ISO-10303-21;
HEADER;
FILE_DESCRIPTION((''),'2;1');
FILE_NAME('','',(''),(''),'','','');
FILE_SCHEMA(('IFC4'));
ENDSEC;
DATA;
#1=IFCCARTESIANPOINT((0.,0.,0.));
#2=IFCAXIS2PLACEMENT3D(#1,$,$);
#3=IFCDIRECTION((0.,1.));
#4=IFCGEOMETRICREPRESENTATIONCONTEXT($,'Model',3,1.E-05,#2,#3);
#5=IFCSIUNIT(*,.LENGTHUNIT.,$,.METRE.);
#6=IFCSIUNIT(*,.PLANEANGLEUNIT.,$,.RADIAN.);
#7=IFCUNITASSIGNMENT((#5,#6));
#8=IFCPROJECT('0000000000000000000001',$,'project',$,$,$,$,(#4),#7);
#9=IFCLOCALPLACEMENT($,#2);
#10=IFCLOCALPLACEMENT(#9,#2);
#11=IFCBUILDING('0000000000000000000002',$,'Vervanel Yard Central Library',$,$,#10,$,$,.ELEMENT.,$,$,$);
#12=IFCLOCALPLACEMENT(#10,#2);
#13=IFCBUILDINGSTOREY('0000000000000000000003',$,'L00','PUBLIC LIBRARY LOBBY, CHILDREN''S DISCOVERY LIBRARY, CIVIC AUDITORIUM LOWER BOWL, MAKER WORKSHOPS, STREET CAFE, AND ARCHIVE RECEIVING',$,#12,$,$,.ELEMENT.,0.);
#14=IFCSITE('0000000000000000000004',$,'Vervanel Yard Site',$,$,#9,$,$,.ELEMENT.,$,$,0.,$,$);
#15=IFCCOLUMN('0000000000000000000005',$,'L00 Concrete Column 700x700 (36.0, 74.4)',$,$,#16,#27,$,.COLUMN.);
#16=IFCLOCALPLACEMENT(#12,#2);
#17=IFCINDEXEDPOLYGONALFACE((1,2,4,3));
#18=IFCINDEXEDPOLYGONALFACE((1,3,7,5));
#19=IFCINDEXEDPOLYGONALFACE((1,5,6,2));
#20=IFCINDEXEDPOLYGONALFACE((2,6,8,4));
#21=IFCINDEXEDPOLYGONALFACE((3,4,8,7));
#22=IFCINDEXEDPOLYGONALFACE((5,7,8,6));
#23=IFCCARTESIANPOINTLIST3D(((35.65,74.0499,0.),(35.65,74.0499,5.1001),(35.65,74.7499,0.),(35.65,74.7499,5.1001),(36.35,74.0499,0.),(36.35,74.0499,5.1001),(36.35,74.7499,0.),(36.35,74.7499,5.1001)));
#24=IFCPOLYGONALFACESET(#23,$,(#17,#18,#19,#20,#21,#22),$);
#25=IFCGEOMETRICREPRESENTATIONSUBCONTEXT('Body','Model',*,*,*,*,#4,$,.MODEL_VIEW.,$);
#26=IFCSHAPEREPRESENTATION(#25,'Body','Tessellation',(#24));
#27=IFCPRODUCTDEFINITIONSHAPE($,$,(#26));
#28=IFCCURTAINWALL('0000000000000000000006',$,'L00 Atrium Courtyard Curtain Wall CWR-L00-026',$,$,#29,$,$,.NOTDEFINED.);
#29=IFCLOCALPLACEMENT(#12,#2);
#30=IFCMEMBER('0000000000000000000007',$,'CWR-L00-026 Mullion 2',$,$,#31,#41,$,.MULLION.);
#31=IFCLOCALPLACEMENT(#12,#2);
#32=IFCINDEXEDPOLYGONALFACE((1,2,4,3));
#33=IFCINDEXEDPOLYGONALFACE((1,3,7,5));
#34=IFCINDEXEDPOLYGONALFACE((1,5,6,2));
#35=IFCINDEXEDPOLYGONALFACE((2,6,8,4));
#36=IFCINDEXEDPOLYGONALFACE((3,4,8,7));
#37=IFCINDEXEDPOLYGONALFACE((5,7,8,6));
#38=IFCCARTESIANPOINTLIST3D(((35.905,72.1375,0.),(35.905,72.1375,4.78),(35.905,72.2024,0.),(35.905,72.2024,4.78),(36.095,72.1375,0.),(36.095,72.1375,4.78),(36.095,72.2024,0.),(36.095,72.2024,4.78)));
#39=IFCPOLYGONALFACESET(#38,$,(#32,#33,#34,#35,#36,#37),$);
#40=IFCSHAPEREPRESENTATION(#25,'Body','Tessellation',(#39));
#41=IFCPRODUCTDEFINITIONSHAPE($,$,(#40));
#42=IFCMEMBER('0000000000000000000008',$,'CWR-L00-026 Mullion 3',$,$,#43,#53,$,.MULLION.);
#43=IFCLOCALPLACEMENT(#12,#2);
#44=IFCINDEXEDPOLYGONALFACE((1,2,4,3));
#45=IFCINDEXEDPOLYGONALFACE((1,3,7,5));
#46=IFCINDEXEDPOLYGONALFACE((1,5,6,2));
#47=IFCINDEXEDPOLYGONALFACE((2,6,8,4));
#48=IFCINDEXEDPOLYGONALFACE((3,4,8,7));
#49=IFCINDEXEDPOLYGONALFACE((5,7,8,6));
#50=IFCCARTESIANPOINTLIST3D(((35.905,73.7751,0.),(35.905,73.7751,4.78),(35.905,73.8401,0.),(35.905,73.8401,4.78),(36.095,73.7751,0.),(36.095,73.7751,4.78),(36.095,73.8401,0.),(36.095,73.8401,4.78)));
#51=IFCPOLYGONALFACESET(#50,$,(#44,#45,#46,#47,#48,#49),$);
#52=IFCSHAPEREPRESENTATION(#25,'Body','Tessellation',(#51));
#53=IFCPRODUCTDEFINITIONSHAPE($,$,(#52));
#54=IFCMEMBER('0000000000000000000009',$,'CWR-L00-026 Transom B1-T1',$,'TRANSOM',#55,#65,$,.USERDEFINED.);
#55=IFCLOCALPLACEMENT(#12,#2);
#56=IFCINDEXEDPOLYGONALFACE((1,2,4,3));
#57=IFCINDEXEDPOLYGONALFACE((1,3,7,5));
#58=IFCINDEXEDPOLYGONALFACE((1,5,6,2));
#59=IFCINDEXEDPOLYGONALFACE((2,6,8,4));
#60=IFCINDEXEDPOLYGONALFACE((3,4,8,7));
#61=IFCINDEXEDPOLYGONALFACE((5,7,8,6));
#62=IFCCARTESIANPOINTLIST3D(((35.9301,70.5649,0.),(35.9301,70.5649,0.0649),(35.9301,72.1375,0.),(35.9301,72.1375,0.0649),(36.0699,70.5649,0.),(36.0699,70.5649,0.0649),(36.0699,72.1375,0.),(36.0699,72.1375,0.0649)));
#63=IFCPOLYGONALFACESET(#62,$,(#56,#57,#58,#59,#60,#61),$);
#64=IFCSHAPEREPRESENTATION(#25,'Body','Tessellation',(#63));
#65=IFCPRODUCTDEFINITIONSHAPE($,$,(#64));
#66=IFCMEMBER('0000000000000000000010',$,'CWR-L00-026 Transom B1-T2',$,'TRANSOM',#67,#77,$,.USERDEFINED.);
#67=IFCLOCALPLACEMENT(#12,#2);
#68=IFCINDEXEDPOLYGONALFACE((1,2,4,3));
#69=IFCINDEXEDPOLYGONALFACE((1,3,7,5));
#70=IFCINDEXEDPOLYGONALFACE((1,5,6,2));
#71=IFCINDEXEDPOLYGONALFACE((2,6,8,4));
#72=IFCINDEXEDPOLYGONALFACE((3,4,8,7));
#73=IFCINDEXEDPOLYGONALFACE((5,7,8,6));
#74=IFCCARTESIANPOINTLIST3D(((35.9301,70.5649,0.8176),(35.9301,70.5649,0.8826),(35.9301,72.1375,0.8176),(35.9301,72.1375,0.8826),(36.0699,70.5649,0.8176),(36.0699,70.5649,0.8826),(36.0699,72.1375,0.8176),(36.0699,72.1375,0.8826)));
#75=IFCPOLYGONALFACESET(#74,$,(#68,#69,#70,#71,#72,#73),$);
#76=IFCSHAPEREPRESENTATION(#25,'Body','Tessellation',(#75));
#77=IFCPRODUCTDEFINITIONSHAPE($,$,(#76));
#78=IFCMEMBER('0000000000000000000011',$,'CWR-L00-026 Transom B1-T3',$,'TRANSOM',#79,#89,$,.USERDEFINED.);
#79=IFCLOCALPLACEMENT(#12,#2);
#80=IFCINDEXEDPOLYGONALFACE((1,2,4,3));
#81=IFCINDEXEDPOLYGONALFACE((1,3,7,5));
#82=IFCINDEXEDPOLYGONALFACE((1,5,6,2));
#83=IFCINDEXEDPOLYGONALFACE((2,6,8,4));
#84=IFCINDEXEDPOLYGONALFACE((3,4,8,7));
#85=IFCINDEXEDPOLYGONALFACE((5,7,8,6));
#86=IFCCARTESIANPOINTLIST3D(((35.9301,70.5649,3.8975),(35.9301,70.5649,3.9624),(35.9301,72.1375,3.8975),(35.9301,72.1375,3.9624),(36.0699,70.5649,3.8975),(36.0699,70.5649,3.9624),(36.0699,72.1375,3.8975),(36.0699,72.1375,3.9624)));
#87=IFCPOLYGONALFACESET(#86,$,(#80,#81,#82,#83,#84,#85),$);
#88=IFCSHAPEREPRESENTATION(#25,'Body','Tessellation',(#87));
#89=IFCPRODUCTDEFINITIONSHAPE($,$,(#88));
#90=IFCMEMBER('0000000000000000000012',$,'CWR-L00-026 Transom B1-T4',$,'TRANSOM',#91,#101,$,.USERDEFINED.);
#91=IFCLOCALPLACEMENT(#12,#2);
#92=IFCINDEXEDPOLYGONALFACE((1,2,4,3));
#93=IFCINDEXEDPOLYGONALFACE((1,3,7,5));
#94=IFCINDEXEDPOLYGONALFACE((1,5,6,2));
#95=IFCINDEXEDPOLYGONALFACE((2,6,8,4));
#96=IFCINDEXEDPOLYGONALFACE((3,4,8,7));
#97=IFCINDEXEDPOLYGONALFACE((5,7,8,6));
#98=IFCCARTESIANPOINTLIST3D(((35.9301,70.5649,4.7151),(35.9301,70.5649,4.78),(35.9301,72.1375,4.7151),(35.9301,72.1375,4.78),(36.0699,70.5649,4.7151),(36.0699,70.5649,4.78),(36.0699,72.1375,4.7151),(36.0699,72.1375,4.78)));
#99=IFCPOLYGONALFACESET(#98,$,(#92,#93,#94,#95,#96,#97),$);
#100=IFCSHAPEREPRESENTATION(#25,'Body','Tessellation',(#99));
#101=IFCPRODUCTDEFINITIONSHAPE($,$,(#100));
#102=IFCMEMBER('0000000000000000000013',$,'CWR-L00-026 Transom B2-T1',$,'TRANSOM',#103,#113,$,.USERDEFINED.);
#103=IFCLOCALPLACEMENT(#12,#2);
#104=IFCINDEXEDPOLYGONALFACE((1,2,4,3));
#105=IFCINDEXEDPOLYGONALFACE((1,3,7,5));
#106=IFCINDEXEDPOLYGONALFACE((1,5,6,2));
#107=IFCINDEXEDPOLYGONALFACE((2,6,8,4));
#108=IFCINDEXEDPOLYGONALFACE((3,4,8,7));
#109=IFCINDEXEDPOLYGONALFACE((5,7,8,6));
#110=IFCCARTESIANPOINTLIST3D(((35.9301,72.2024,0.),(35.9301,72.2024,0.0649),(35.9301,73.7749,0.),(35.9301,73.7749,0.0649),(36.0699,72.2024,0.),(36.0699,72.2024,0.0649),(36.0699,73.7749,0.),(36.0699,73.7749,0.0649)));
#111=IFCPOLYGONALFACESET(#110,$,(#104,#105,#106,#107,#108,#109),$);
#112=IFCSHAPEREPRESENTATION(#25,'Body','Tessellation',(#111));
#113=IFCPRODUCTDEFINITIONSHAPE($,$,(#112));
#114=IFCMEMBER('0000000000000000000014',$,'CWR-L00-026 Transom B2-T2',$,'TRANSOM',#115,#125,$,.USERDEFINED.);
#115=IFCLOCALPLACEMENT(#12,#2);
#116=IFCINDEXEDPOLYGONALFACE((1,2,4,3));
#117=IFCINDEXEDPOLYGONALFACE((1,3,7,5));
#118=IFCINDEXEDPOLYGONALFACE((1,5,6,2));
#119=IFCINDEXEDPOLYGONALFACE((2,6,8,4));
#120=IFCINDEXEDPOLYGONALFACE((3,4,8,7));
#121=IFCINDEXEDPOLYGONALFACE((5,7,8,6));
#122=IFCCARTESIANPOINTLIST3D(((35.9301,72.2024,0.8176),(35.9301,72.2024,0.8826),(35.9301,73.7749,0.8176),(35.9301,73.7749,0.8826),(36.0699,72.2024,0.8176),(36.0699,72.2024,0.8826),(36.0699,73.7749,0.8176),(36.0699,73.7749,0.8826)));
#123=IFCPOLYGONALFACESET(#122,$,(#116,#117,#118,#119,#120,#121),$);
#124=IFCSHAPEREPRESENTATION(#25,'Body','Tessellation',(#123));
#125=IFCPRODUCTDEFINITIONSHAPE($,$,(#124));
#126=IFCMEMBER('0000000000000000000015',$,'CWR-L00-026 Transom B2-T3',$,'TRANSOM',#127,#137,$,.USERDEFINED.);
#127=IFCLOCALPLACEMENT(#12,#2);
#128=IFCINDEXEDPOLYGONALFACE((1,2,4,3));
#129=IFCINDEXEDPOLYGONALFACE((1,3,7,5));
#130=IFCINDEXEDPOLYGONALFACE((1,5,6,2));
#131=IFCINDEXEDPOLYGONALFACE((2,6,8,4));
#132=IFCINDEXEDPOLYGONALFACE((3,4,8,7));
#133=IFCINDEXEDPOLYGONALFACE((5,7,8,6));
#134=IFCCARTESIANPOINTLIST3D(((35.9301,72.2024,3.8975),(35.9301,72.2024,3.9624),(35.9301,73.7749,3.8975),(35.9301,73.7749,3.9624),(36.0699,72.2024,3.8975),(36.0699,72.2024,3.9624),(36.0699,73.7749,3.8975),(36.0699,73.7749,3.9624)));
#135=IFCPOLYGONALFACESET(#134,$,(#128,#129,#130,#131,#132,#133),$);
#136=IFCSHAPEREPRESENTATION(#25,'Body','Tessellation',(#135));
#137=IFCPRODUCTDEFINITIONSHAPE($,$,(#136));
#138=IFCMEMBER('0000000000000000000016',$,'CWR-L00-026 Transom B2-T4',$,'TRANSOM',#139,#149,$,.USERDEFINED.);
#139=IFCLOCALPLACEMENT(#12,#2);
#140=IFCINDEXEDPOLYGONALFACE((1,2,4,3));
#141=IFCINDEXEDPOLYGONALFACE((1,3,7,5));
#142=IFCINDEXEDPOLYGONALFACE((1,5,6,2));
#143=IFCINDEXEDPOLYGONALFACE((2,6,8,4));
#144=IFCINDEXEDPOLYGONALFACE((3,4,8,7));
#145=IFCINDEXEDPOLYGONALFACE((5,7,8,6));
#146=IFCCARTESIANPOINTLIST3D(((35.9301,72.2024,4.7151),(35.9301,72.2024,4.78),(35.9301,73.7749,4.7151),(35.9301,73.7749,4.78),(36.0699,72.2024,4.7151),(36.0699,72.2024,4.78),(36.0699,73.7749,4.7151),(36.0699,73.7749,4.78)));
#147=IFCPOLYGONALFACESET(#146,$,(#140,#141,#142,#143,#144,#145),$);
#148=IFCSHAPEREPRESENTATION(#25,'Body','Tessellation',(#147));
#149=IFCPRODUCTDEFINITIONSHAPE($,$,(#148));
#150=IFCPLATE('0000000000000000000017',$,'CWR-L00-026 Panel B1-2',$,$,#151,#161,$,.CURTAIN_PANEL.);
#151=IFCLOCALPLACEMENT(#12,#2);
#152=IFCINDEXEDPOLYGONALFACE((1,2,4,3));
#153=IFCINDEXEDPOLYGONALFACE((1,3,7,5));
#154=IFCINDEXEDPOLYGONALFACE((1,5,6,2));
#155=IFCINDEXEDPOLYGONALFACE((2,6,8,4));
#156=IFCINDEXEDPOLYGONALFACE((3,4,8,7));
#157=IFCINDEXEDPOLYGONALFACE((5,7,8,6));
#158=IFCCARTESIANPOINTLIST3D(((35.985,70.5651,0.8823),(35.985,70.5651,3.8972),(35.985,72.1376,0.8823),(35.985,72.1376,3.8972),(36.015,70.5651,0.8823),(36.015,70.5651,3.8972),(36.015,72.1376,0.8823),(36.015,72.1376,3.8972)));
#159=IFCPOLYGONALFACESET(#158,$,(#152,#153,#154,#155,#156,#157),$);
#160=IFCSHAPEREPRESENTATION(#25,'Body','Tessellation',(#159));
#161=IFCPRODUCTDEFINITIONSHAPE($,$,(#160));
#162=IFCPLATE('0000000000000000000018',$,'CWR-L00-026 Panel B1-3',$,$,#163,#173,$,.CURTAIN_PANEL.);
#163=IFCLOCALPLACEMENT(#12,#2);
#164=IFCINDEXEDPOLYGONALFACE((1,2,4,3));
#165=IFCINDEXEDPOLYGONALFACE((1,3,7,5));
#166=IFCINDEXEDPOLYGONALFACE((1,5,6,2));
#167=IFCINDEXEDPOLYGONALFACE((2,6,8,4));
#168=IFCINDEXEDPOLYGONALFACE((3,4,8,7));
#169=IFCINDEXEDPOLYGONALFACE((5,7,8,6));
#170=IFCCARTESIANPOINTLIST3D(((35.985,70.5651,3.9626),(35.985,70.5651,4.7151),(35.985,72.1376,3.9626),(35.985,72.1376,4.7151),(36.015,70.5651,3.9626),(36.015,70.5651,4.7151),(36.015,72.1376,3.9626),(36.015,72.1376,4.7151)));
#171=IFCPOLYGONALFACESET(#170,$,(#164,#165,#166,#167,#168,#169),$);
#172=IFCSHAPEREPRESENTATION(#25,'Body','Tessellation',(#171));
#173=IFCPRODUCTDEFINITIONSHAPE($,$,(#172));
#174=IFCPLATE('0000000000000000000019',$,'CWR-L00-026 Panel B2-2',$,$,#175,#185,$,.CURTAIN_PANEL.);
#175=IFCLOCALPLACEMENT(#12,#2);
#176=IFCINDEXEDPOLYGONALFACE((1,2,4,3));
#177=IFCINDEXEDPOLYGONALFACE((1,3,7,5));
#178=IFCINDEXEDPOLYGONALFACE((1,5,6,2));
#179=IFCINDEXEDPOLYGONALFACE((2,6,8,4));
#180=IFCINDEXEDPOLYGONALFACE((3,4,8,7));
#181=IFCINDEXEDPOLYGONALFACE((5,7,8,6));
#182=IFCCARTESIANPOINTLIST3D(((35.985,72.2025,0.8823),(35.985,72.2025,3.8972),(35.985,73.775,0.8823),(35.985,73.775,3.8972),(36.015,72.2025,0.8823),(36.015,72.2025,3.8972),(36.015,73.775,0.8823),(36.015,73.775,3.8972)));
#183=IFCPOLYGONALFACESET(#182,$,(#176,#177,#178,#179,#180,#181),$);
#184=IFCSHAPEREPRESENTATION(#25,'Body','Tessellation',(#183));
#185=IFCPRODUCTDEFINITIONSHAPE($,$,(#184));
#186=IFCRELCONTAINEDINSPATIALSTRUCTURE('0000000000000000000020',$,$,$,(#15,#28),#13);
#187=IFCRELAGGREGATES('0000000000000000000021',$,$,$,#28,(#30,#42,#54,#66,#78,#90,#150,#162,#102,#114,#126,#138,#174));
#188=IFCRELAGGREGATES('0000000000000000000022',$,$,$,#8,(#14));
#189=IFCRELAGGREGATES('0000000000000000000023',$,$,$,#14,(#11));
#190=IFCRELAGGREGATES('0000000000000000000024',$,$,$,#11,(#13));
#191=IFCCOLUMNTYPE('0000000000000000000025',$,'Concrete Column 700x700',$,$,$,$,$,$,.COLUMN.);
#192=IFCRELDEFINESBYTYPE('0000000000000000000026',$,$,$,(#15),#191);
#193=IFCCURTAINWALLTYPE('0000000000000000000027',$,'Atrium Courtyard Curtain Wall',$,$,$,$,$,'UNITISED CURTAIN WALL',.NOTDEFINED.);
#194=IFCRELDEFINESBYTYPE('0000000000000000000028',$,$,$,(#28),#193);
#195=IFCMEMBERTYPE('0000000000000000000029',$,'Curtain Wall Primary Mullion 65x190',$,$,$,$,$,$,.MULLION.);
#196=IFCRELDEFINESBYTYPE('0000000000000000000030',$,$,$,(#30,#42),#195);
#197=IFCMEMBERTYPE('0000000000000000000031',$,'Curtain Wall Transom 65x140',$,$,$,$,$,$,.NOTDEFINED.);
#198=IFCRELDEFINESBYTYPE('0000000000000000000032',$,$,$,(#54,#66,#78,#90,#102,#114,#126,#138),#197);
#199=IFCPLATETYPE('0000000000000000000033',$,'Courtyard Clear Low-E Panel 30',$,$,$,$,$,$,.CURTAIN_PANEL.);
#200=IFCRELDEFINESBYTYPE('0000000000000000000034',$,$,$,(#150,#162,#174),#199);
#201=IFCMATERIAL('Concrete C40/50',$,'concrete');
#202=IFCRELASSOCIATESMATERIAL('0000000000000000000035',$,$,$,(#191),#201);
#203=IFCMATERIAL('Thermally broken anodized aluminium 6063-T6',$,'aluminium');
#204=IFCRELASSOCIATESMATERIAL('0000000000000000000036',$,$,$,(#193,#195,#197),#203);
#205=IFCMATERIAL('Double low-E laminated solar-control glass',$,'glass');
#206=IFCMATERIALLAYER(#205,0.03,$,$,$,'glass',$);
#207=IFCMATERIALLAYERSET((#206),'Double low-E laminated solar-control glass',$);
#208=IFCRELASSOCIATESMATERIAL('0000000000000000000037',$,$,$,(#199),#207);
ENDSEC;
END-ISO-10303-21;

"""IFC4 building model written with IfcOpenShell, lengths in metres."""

from ifc_helpers import new_model, si_unit, direction, frame, origin, origin_2d, place, context, subcontext, project, spatial, rectangle, extrude, material, layer, layer_set, material_profile, profile_set, type_object, element, aggregate, save


model = new_model("IFC4")

# Units and contexts
model_context = context("Model", 3, precision=1e-05, world=origin(), true_north=direction((0.0, 1.0)))
body_context = subcontext(model_context, "Body", "Model", "MODEL_VIEW")
ifc_project = project(units=[si_unit("LENGTHUNIT", "METRE"), si_unit("PLANEANGLEUNIT", "RADIAN")], contexts=[model_context])

# Site, building, storey
site_placement = place(None, origin())
site = spatial("IfcSite", under=ifc_project, at=site_placement, Name="Vervanel Yard Site", CompositionType="ELEMENT", RefElevation=0.0)
building_placement = place(site_placement, origin())
building = spatial("IfcBuilding", under=site, at=building_placement, Name="Vervanel Yard Central Library", CompositionType="ELEMENT")
storey_placement = place(building_placement, origin())
storey = spatial("IfcBuildingStorey", under=building, at=storey_placement, Name="L00", Description="PUBLIC LIBRARY LOBBY, CHILDREN'S DISCOVERY LIBRARY, CIVIC AUDITORIUM LOWER BOWL, MAKER WORKSHOPS, STREET CAFE, AND ARCHIVE RECEIVING", CompositionType="ELEMENT", Elevation=0.0)

# Shared definitions
ifc_material_1 = material(Name="Concrete C40/50", Category="concrete")

# Column
ifc_material_profile_1 = material_profile(ifc_material_1, rectangle(XDim=0.7, YDim=0.7, at=origin_2d()), Name="RC 700x700", Category="concrete")
ifc_profile_set_1 = profile_set([ifc_material_profile_1], Name="Concrete C40/50")
column_type = type_object("IfcColumnType", Name="Concrete Column 700x700", PredefinedType="COLUMN", material=ifc_profile_set_1)
column_placement = place(storey_placement, frame((36.0, 74.3999, 0.0), z_axis=(0.0, 0.0, 1.0), x_axis=(1.0, 0.0, 0.0)))
element("IfcColumn", 1, at=column_placement, inside=storey, type_object=column_type, Name="L00 Concrete Column 700x700 (36.0, 74.4)", PredefinedType="COLUMN", context=body_context, shape_type="SweptSolid", body=[
    extrude(rectangle(XDim=0.7, YDim=0.7, at=origin_2d()), origin(), (0.0, 0.0, 1.0), 5.1001),
])

# Curtain wall, members, plates
ifc_material_2 = material(Name="Thermally broken anodized aluminium 6063-T6", Category="aluminium")
curtain_wall_type = type_object("IfcCurtainWallType", Name="Atrium Courtyard Curtain Wall", ElementType="UNITISED CURTAIN WALL", PredefinedType="NOTDEFINED", material=ifc_material_2)
curtain_wall_placement = place(storey_placement, origin())
curtain_wall = element("IfcCurtainWall", 2, at=curtain_wall_placement, inside=storey, type_object=curtain_wall_type, Name="L00 Atrium Courtyard Curtain Wall CWR-L00-026", PredefinedType="NOTDEFINED")
ifc_material_profile_2 = material_profile(ifc_material_2, rectangle(XDim=0.0649, YDim=0.1899, at=origin_2d()), Name="ALU 65x190", Category="aluminium")
ifc_profile_set_2 = profile_set([ifc_material_profile_2], Name="Thermally broken anodized aluminium 6063-T6")
member_type_1 = type_object("IfcMemberType", Name="Curtain Wall Primary Mullion 65x190", PredefinedType="MULLION", material=ifc_profile_set_2)
member_1_placement = place(storey_placement, frame((36.0, 72.1699, 0.0), z_axis=(0.0, 0.0, 1.0), x_axis=(0.0, 1.0, 0.0)))
member_1 = element("IfcMember", 3, at=member_1_placement, type_object=member_type_1, Name="CWR-L00-026 Mullion 2", PredefinedType="MULLION", context=body_context, shape_type="SweptSolid", body=[
    extrude(rectangle(XDim=0.0649, YDim=0.1899, at=origin_2d()), origin(), (0.0, 0.0, 1.0), 4.78),
])
member_2_placement = place(storey_placement, frame((36.0, 73.8076, 0.0), z_axis=(0.0, 0.0, 1.0), x_axis=(0.0, 1.0, 0.0)))
member_2 = element("IfcMember", 4, at=member_2_placement, type_object=member_type_1, Name="CWR-L00-026 Mullion 3", PredefinedType="MULLION", context=body_context, shape_type="SweptSolid", body=[
    extrude(rectangle(XDim=0.0649, YDim=0.1899, at=origin_2d()), origin(), (0.0, 0.0, 1.0), 4.78),
])
ifc_material_profile_3 = material_profile(ifc_material_2, rectangle(XDim=0.0649, YDim=0.1399, at=origin_2d()), Name="ALU 65x140", Category="aluminium")
ifc_profile_set_3 = profile_set([ifc_material_profile_3], Name="Thermally broken anodized aluminium 6063-T6")
member_type_2 = type_object("IfcMemberType", Name="Curtain Wall Transom 65x140", PredefinedType="NOTDEFINED", material=ifc_profile_set_3)
member_3_placement = place(storey_placement, frame((36.0, 70.5649, 0.0325), z_axis=(0.0, 1.0, 0.0), x_axis=(0.0, 0.0, 1.0)))
member_3 = element("IfcMember", 5, at=member_3_placement, type_object=member_type_2, Name="CWR-L00-026 Transom B1-T1", ObjectType="TRANSOM", PredefinedType="USERDEFINED", context=body_context, shape_type="SweptSolid", body=[
    extrude(rectangle(XDim=0.0649, YDim=0.1399, at=origin_2d()), origin(), (0.0, 0.0, 1.0), 1.5725),
])
member_4_placement = place(storey_placement, frame((36.0, 70.5649, 0.8501), z_axis=(0.0, 1.0, 0.0), x_axis=(0.0, 0.0, 1.0)))
member_4 = element("IfcMember", 6, at=member_4_placement, type_object=member_type_2, Name="CWR-L00-026 Transom B1-T2", ObjectType="TRANSOM", PredefinedType="USERDEFINED", context=body_context, shape_type="SweptSolid", body=[
    extrude(rectangle(XDim=0.0649, YDim=0.1399, at=origin_2d()), origin(), (0.0, 0.0, 1.0), 1.5725),
])
member_5_placement = place(storey_placement, frame((36.0, 70.5649, 3.9299), z_axis=(0.0, 1.0, 0.0), x_axis=(0.0, 0.0, 1.0)))
member_5 = element("IfcMember", 7, at=member_5_placement, type_object=member_type_2, Name="CWR-L00-026 Transom B1-T3", ObjectType="TRANSOM", PredefinedType="USERDEFINED", context=body_context, shape_type="SweptSolid", body=[
    extrude(rectangle(XDim=0.0649, YDim=0.1399, at=origin_2d()), origin(), (0.0, 0.0, 1.0), 1.5725),
])
member_6_placement = place(storey_placement, frame((36.0, 70.5649, 4.7476), z_axis=(0.0, 1.0, 0.0), x_axis=(0.0, 0.0, 1.0)))
member_6 = element("IfcMember", 8, at=member_6_placement, type_object=member_type_2, Name="CWR-L00-026 Transom B1-T4", ObjectType="TRANSOM", PredefinedType="USERDEFINED", context=body_context, shape_type="SweptSolid", body=[
    extrude(rectangle(XDim=0.0649, YDim=0.1399, at=origin_2d()), origin(), (0.0, 0.0, 1.0), 1.5725),
])
member_7_placement = place(storey_placement, frame((36.0, 72.2024, 0.0325), z_axis=(0.0, 1.0, 0.0), x_axis=(0.0, 0.0, 1.0)))
member_7 = element("IfcMember", 9, at=member_7_placement, type_object=member_type_2, Name="CWR-L00-026 Transom B2-T1", ObjectType="TRANSOM", PredefinedType="USERDEFINED", context=body_context, shape_type="SweptSolid", body=[
    extrude(rectangle(XDim=0.0649, YDim=0.1399, at=origin_2d()), origin(), (0.0, 0.0, 1.0), 1.5725),
])
member_8_placement = place(storey_placement, frame((36.0, 72.2024, 0.8501), z_axis=(0.0, 1.0, 0.0), x_axis=(0.0, 0.0, 1.0)))
member_8 = element("IfcMember", 10, at=member_8_placement, type_object=member_type_2, Name="CWR-L00-026 Transom B2-T2", ObjectType="TRANSOM", PredefinedType="USERDEFINED", context=body_context, shape_type="SweptSolid", body=[
    extrude(rectangle(XDim=0.0649, YDim=0.1399, at=origin_2d()), origin(), (0.0, 0.0, 1.0), 1.5725),
])
member_9_placement = place(storey_placement, frame((36.0, 72.2024, 3.9299), z_axis=(0.0, 1.0, 0.0), x_axis=(0.0, 0.0, 1.0)))
member_9 = element("IfcMember", 11, at=member_9_placement, type_object=member_type_2, Name="CWR-L00-026 Transom B2-T3", ObjectType="TRANSOM", PredefinedType="USERDEFINED", context=body_context, shape_type="SweptSolid", body=[
    extrude(rectangle(XDim=0.0649, YDim=0.1399, at=origin_2d()), origin(), (0.0, 0.0, 1.0), 1.5725),
])
member_10_placement = place(storey_placement, frame((36.0, 72.2024, 4.7476), z_axis=(0.0, 1.0, 0.0), x_axis=(0.0, 0.0, 1.0)))
member_10 = element("IfcMember", 12, at=member_10_placement, type_object=member_type_2, Name="CWR-L00-026 Transom B2-T4", ObjectType="TRANSOM", PredefinedType="USERDEFINED", context=body_context, shape_type="SweptSolid", body=[
    extrude(rectangle(XDim=0.0649, YDim=0.1399, at=origin_2d()), origin(), (0.0, 0.0, 1.0), 1.5725),
])
ifc_material_3 = material(Name="Double low-E laminated solar-control glass", Category="glass")
ifc_layer_1 = layer(ifc_material_3, 0.03, Category="glass")
ifc_layer_set_1 = layer_set([ifc_layer_1], Name="Double low-E laminated solar-control glass")
plate_type_1 = type_object("IfcPlateType", Name="Courtyard Clear Low-E Panel 30", PredefinedType="CURTAIN_PANEL", material=ifc_layer_set_1)
plate_1_placement = place(storey_placement, frame((36.0, 71.3513, 0.8823), z_axis=(0.0, 0.0, 1.0), x_axis=(0.0, 1.0, 0.0)))
plate_1 = element("IfcPlate", 13, at=plate_1_placement, type_object=plate_type_1, Name="CWR-L00-026 Panel B1-2", PredefinedType="CURTAIN_PANEL", context=body_context, shape_type="SweptSolid", body=[
    extrude(rectangle(XDim=1.5725, YDim=0.03, at=origin_2d()), origin(), (0.0, 0.0, 1.0), 3.0149),
])
plate_2_placement = place(storey_placement, frame((36.0, 71.3513, 3.9626), z_axis=(0.0, 0.0, 1.0), x_axis=(0.0, 1.0, 0.0)))
plate_2 = element("IfcPlate", 14, at=plate_2_placement, type_object=plate_type_1, Name="CWR-L00-026 Panel B1-3", PredefinedType="CURTAIN_PANEL", context=body_context, shape_type="SweptSolid", body=[
    extrude(rectangle(XDim=1.5725, YDim=0.03, at=origin_2d()), origin(), (0.0, 0.0, 1.0), 0.7524),
])
plate_3_placement = place(storey_placement, frame((36.0, 72.9888, 0.8823), z_axis=(0.0, 0.0, 1.0), x_axis=(0.0, 1.0, 0.0)))
plate_3 = element("IfcPlate", 15, at=plate_3_placement, type_object=plate_type_1, Name="CWR-L00-026 Panel B2-2", PredefinedType="CURTAIN_PANEL", context=body_context, shape_type="SweptSolid", body=[
    extrude(rectangle(XDim=1.5725, YDim=0.03, at=origin_2d()), origin(), (0.0, 0.0, 1.0), 3.0149),
])
aggregate(curtain_wall, [member_1, member_2, member_3, member_4, member_5, member_6, plate_1, plate_2, member_7, member_8, member_9, member_10, plate_3])

save(model, "model.ifc")
